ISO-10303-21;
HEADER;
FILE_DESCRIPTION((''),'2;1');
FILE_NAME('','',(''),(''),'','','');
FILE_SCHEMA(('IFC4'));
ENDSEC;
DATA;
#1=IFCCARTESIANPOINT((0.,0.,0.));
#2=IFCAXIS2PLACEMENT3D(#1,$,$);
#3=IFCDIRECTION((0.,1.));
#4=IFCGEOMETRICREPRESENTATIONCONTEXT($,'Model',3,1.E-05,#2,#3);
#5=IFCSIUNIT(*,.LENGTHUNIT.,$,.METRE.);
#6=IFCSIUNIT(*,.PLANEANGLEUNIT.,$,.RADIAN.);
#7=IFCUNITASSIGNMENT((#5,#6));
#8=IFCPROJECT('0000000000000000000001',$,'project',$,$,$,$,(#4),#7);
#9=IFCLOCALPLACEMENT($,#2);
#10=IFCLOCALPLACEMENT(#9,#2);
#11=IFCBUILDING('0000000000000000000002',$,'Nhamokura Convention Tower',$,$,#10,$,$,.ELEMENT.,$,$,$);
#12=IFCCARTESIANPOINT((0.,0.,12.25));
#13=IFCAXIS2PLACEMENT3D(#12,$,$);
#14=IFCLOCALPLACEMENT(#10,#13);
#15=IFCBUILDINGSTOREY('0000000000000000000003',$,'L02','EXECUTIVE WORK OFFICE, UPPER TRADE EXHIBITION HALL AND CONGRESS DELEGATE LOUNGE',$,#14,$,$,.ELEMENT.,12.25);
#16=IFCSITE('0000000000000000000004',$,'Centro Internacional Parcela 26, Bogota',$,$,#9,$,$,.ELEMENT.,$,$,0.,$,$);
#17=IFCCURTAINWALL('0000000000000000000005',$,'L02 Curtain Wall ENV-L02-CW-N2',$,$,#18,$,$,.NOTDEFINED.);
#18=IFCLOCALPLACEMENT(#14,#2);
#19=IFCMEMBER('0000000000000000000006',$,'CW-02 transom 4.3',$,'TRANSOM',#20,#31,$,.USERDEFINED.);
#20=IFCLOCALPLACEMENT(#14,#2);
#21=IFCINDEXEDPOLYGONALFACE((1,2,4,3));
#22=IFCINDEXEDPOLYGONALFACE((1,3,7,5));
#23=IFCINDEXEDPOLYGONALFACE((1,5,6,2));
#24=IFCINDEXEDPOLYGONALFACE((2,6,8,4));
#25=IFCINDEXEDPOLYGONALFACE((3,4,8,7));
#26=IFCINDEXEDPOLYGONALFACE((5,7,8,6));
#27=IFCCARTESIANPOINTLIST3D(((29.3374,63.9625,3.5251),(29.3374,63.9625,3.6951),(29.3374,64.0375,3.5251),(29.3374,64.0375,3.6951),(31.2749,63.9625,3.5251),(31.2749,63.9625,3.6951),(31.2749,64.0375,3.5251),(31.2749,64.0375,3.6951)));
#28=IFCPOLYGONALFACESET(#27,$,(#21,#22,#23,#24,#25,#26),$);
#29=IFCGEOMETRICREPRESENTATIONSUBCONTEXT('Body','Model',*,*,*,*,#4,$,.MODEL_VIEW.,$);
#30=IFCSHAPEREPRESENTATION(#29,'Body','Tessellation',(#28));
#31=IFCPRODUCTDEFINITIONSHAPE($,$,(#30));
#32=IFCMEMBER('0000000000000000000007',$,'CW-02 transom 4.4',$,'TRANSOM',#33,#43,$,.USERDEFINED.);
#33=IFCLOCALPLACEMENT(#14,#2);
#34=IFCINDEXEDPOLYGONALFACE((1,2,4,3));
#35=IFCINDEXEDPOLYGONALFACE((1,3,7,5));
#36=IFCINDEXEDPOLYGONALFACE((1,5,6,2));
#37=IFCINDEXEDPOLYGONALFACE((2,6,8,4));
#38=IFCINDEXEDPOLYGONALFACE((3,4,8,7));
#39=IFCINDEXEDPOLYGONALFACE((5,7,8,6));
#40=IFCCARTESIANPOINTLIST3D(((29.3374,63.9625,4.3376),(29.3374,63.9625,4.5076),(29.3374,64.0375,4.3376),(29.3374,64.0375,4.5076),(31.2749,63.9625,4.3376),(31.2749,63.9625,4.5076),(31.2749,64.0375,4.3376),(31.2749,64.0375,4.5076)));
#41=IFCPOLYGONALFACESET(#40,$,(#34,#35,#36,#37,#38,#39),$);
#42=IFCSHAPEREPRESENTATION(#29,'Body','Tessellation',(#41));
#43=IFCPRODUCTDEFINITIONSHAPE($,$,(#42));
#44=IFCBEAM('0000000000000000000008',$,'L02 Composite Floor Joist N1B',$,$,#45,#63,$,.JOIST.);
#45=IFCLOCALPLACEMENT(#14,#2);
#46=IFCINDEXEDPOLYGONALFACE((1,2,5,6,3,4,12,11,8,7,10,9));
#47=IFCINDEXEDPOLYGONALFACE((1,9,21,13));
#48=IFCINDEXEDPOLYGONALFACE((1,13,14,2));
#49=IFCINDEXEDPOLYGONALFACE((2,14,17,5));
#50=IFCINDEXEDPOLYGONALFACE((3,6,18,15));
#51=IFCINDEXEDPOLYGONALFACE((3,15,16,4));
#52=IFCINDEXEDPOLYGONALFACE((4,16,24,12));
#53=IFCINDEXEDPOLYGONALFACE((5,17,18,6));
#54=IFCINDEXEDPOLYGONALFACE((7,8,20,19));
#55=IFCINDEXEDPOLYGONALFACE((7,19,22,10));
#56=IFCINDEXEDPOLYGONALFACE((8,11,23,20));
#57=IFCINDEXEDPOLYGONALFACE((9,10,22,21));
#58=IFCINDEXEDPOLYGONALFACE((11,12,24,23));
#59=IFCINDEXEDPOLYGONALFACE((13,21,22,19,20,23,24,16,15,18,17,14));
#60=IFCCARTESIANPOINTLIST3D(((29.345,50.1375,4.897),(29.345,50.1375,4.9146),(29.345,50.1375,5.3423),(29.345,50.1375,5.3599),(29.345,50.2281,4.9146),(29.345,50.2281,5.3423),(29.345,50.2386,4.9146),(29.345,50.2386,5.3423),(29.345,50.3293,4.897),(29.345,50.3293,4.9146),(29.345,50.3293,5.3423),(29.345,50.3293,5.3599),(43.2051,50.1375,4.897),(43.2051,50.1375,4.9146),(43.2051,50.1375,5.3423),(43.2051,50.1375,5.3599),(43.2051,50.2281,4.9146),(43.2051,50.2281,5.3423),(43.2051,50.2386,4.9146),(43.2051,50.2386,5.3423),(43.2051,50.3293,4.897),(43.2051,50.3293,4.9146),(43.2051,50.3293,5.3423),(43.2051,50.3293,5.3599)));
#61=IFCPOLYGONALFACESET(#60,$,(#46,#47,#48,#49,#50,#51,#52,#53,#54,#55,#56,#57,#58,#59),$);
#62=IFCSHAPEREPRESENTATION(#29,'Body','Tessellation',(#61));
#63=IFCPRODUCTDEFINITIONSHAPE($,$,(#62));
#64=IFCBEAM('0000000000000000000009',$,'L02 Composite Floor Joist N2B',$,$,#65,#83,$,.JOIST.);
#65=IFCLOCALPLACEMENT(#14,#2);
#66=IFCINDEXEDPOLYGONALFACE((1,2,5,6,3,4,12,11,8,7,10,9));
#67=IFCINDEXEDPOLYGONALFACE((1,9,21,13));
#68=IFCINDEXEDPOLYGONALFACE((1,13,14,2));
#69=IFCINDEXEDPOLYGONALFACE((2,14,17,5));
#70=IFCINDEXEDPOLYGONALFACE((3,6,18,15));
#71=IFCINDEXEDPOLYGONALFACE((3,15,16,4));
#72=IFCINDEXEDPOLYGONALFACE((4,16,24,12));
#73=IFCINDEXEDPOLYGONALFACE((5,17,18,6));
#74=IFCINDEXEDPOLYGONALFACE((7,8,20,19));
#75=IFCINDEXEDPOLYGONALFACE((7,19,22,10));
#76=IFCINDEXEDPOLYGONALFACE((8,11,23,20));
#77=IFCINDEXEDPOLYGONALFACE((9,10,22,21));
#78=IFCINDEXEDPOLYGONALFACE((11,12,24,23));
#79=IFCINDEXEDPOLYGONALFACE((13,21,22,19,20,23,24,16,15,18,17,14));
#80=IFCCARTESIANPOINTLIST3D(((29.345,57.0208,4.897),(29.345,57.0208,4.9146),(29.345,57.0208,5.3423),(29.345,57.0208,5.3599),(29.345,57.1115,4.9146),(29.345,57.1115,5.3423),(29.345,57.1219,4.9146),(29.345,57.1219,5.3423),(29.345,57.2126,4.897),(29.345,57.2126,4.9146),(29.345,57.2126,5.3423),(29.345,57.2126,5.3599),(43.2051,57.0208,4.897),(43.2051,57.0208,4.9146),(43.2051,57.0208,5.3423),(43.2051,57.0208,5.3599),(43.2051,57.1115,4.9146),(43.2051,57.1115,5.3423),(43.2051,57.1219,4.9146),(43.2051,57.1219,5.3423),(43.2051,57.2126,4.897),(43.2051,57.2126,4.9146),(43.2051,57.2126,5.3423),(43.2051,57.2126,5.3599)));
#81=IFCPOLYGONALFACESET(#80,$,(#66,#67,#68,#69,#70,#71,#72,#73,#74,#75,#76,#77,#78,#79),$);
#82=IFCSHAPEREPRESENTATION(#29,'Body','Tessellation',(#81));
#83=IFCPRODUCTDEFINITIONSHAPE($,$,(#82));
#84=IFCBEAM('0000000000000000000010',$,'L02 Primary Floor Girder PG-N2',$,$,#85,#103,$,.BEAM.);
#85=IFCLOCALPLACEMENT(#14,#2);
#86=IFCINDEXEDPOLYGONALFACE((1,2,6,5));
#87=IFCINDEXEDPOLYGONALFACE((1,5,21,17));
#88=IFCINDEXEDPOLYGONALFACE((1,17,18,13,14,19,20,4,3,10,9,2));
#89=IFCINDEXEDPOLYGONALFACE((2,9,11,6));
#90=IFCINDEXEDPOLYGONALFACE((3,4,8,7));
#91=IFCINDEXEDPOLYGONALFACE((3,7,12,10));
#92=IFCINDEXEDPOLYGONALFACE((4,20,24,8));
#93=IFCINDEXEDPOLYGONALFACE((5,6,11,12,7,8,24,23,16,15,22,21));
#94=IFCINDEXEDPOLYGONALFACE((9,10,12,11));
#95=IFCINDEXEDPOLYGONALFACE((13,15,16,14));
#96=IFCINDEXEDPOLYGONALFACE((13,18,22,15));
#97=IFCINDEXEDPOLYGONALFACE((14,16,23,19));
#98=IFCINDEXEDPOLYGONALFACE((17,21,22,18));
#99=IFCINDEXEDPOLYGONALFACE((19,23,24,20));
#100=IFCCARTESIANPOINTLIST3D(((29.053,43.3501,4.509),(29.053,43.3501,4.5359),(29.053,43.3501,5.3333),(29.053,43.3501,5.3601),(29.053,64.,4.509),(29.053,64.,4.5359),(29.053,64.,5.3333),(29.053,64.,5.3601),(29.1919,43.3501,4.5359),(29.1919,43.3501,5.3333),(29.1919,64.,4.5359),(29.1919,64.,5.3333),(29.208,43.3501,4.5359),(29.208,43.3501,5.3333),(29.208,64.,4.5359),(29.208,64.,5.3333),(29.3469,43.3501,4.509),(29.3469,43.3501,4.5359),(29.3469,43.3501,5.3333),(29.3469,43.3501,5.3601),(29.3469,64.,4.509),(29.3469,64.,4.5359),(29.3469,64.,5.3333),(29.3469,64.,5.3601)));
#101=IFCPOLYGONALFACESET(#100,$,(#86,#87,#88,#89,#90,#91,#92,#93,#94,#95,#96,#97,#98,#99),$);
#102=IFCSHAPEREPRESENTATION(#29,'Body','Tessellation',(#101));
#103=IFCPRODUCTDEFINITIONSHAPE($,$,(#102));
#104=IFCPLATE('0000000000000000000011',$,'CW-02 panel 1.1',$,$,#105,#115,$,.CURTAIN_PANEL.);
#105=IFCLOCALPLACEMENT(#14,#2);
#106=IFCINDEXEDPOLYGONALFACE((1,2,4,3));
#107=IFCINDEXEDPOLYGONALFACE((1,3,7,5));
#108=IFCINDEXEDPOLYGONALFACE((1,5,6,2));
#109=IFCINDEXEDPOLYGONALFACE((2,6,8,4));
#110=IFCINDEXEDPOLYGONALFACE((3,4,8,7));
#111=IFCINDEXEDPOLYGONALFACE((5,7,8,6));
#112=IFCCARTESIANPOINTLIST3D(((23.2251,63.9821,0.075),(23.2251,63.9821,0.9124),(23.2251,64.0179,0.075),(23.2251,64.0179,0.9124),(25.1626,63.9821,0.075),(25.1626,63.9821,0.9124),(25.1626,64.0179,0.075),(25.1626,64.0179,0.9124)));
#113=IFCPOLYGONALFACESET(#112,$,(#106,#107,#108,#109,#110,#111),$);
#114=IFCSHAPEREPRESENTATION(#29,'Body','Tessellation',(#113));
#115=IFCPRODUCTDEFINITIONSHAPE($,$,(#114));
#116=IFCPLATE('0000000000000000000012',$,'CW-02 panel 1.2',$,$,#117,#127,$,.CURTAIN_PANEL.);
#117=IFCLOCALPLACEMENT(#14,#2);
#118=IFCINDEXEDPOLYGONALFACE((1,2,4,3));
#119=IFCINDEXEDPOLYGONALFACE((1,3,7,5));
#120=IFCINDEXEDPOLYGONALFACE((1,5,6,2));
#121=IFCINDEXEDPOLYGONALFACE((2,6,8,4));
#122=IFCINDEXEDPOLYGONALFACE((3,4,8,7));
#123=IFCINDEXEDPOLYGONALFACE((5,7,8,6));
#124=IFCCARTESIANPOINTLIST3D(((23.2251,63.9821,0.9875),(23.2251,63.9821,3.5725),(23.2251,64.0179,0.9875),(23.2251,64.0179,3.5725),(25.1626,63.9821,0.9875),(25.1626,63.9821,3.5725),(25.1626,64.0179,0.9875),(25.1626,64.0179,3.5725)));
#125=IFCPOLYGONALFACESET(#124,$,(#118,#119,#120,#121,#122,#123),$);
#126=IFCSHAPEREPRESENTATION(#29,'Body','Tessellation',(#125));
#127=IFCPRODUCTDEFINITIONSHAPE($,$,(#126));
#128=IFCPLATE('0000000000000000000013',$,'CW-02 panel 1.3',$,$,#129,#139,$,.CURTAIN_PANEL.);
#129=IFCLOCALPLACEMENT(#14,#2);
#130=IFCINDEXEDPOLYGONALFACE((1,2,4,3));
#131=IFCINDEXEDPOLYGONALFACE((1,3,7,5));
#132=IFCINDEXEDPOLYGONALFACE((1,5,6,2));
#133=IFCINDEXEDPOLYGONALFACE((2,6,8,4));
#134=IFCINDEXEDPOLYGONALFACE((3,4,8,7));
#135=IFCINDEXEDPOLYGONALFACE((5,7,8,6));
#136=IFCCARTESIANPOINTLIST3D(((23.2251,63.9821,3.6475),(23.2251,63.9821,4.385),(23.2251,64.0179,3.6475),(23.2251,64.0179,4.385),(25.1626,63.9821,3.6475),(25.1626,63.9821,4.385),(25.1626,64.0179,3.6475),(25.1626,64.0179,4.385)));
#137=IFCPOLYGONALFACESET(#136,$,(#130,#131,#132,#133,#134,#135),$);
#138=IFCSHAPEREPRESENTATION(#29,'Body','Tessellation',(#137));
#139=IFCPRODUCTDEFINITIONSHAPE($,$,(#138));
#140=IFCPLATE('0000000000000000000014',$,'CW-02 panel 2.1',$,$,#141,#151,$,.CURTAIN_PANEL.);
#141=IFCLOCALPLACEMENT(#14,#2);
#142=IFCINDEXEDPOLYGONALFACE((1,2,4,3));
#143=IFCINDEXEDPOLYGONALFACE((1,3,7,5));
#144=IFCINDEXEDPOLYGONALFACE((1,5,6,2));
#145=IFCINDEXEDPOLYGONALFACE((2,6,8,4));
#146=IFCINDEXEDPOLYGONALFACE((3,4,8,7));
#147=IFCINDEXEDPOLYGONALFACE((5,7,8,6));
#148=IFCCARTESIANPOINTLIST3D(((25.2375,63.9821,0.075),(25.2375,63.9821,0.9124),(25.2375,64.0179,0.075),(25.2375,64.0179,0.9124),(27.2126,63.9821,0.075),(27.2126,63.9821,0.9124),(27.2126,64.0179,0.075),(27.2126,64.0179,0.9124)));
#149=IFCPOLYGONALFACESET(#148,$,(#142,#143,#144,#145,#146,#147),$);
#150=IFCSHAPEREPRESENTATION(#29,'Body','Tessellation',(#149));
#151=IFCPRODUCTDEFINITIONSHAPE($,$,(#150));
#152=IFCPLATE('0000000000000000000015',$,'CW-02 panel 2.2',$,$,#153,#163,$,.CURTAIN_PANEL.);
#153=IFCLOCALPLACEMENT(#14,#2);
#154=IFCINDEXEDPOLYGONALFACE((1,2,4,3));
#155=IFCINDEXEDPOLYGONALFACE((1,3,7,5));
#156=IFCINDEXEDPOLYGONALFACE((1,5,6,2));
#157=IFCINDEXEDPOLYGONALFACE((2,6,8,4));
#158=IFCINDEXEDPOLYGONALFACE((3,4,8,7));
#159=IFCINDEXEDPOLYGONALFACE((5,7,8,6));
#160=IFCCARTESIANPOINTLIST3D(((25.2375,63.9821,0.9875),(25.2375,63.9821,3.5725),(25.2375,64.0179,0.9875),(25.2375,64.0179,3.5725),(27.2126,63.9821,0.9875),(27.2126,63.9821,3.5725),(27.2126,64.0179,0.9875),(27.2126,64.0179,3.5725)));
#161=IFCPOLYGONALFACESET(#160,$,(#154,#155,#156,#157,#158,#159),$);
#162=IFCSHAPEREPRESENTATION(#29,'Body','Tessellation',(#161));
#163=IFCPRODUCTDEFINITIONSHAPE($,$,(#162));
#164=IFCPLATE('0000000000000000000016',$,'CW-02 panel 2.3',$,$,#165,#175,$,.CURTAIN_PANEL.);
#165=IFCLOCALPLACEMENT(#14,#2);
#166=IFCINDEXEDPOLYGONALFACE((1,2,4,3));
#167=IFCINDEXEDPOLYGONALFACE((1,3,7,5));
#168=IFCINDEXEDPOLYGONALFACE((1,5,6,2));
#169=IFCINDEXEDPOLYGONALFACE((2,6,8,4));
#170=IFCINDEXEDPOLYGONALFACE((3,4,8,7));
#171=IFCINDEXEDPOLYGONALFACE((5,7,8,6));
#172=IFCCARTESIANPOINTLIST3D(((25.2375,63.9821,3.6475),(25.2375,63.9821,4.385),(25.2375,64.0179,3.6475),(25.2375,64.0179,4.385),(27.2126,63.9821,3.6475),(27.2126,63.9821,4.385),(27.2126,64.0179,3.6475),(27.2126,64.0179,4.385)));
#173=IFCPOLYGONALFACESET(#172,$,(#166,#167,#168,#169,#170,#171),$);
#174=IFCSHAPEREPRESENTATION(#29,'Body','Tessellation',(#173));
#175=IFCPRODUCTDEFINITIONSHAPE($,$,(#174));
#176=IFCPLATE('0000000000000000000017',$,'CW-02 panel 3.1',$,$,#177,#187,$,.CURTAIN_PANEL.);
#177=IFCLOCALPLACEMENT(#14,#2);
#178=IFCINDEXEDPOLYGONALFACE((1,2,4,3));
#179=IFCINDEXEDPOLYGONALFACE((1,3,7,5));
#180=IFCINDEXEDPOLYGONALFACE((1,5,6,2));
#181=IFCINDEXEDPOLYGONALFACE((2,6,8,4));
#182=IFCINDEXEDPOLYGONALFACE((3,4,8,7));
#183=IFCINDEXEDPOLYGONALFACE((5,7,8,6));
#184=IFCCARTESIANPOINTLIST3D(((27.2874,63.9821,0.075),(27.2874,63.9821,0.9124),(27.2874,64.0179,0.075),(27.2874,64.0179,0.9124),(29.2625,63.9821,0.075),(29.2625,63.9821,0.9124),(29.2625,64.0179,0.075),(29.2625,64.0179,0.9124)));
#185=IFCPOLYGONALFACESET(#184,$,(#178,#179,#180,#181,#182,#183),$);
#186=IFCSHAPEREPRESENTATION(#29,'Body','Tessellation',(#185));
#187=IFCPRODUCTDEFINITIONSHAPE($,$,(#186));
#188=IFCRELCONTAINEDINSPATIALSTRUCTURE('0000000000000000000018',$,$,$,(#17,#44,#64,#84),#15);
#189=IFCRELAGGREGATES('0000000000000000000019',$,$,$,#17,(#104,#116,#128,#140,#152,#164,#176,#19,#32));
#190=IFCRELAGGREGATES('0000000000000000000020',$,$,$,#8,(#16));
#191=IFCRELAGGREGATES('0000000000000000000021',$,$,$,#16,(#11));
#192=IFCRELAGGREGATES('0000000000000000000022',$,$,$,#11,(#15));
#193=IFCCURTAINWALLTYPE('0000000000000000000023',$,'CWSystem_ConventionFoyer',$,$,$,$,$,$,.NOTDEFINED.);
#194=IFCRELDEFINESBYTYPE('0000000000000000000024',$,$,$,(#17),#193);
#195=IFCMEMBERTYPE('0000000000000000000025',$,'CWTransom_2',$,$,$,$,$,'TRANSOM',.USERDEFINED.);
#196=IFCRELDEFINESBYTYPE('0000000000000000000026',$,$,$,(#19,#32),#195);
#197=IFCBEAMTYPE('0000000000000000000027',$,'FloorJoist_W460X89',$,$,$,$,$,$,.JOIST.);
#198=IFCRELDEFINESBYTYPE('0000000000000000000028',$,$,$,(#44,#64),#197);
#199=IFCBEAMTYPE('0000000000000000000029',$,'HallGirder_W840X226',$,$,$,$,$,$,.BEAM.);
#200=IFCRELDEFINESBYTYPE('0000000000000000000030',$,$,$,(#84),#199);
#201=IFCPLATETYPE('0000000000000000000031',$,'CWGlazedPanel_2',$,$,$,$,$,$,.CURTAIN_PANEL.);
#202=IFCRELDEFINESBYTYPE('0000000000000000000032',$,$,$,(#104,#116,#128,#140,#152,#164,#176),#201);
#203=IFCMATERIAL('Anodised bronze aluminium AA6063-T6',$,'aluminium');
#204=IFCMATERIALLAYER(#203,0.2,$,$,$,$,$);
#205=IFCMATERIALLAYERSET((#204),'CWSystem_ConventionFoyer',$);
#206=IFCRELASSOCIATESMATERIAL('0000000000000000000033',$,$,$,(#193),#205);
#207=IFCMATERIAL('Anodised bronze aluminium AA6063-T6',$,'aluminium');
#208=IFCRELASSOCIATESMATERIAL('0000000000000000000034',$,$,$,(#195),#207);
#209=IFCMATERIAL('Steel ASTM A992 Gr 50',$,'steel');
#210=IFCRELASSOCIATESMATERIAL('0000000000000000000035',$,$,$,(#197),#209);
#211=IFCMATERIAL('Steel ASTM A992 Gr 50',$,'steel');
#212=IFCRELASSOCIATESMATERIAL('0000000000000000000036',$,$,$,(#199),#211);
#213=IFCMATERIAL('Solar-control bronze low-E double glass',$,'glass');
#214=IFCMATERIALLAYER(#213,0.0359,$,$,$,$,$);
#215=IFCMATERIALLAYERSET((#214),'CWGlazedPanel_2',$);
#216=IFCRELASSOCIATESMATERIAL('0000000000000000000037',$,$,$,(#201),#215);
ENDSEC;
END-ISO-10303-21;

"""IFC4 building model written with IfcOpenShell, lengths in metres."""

from ifc_helpers import new_model, si_unit, direction, frame, origin, origin_2d, place, context, subcontext, project, spatial, rectangle, i_section, extrude, material, layer, layer_set, material_profile, profile_set, type_object, element, aggregate, save


model = new_model("IFC4")

# Units and contexts
model_context = context("Model", 3, precision=1e-05, world=origin(), true_north=direction((0.0, 1.0)))
body_context = subcontext(model_context, "Body", "Model", "MODEL_VIEW")
ifc_project = project(units=[si_unit("LENGTHUNIT", "METRE"), si_unit("PLANEANGLEUNIT", "RADIAN")], contexts=[model_context])

# Site, building, storey
site_placement = place(None, origin())
site = spatial("IfcSite", under=ifc_project, at=site_placement, Name="Centro Internacional Parcela 26, Bogota", CompositionType="ELEMENT", RefElevation=0.0)
building_placement = place(site_placement, origin())
building = spatial("IfcBuilding", under=site, at=building_placement, Name="Nhamokura Convention Tower", CompositionType="ELEMENT")
storey_placement = place(building_placement, frame((0.0, 0.0, 12.25)))
storey = spatial("IfcBuildingStorey", under=building, at=storey_placement, Name="L02", Description="EXECUTIVE WORK OFFICE, UPPER TRADE EXHIBITION HALL AND CONGRESS DELEGATE LOUNGE", CompositionType="ELEMENT", Elevation=12.25)

# Curtain wall, members
ifc_material_1 = material(Name="Anodised bronze aluminium AA6063-T6", Category="aluminium")
ifc_layer_1 = layer(ifc_material_1, 0.2)
ifc_layer_set_1 = layer_set([ifc_layer_1], Name="CWSystem_ConventionFoyer")
curtain_wall_type = type_object("IfcCurtainWallType", Name="CWSystem_ConventionFoyer", PredefinedType="NOTDEFINED", material=ifc_layer_set_1)
curtain_wall_placement = place(storey_placement, origin())
curtain_wall = element("IfcCurtainWall", 1, at=curtain_wall_placement, inside=storey, type_object=curtain_wall_type, Name="L02 Curtain Wall ENV-L02-CW-N2", PredefinedType="NOTDEFINED")
ifc_material_2 = material(Name="Anodised bronze aluminium AA6063-T6", Category="aluminium")
ifc_material_profile_1 = material_profile(ifc_material_2, rectangle(XDim=0.075, YDim=0.1699, at=origin_2d()))
ifc_profile_set_1 = profile_set([ifc_material_profile_1], Name="Anodised bronze aluminium AA6063-T6")
member_type_1 = type_object("IfcMemberType", Name="CWTransom_2", ElementType="TRANSOM", PredefinedType="USERDEFINED", material=ifc_profile_set_1)
member_1_placement = place(storey_placement, frame((29.3374, 64.0, 3.6101), z_axis=(1.0, 0.0, 0.0), x_axis=(0.0, 1.0, 0.0)))
member_1 = element("IfcMember", 2, at=member_1_placement, type_object=member_type_1, Name="CW-02 transom 4.3", ObjectType="TRANSOM", PredefinedType="USERDEFINED", context=body_context, shape_type="SweptSolid", body=[
    extrude(rectangle(XDim=0.075, YDim=0.1699, at=origin_2d()), origin(), (0.0, 0.0, 1.0), 1.9375),
])
member_2_placement = place(storey_placement, frame((29.3374, 64.0, 4.4226), z_axis=(1.0, 0.0, 0.0), x_axis=(0.0, 1.0, 0.0)))
member_2 = element("IfcMember", 3, at=member_2_placement, type_object=member_type_1, Name="CW-02 transom 4.4", ObjectType="TRANSOM", PredefinedType="USERDEFINED", context=body_context, shape_type="SweptSolid", body=[
    extrude(rectangle(XDim=0.075, YDim=0.1699, at=origin_2d()), origin(), (0.0, 0.0, 1.0), 1.9375),
])

# Beams
ifc_material_3 = material(Name="Steel ASTM A992 Gr 50", Category="steel")
ifc_material_profile_2 = material_profile(ifc_material_3, i_section(OverallWidth=0.1919, OverallDepth=0.4629, WebThickness=0.0105, FlangeThickness=0.0176, at=origin_2d()))
ifc_profile_set_2 = profile_set([ifc_material_profile_2], Name="Steel ASTM A992 Gr 50")
beam_type_1 = type_object("IfcBeamType", Name="FloorJoist_W460X89", PredefinedType="JOIST", material=ifc_profile_set_2)
for number, where, z_axis, x_axis, name in (
    (4, (29.345, 50.2334, 5.1284), (1.0, 0.0, 0.0), (0.0, 1.0, 0.0), "L02 Composite Floor Joist N1B"),
    (5, (29.345, 57.1167, 5.1284), (1.0, 0.0, 0.0), (0.0, 1.0, 0.0), "L02 Composite Floor Joist N2B"),
):
    element("IfcBeam", number, at=place(storey_placement, frame(where, z_axis=z_axis, x_axis=x_axis)), inside=storey, type_object=beam_type_1, Name=name, PredefinedType="JOIST", context=body_context, shape_type="SweptSolid", body=[
        extrude(i_section(OverallWidth=0.1919, OverallDepth=0.4629, WebThickness=0.0105, FlangeThickness=0.0176, at=origin_2d()), origin(), (0.0, 0.0, 1.0), 13.8601),
    ])
ifc_material_4 = material(Name="Steel ASTM A992 Gr 50", Category="steel")
ifc_material_profile_3 = material_profile(ifc_material_4, i_section(OverallWidth=0.2939, OverallDepth=0.8511, WebThickness=0.0161, FlangeThickness=0.0269, at=origin_2d()))
ifc_profile_set_3 = profile_set([ifc_material_profile_3], Name="Steel ASTM A992 Gr 50")
beam_type_2 = type_object("IfcBeamType", Name="HallGirder_W840X226", PredefinedType="BEAM", material=ifc_profile_set_3)
beam_placement = place(storey_placement, frame((29.2, 43.3501, 4.9346), z_axis=(0.0, 1.0, 0.0), x_axis=(-1.0, 0.0, 0.0)))
element("IfcBeam", 6, at=beam_placement, inside=storey, type_object=beam_type_2, Name="L02 Primary Floor Girder PG-N2", PredefinedType="BEAM", context=body_context, shape_type="SweptSolid", body=[
    extrude(i_section(OverallWidth=0.2939, OverallDepth=0.8511, WebThickness=0.0161, FlangeThickness=0.0269, at=origin_2d()), origin(), (0.0, 0.0, 1.0), 20.6499),
])

# Plates
ifc_material_5 = material(Name="Solar-control bronze low-E double glass", Category="glass")
ifc_layer_2 = layer(ifc_material_5, 0.0359)
ifc_layer_set_2 = layer_set([ifc_layer_2], Name="CWGlazedPanel_2")
plate_type = type_object("IfcPlateType", Name="CWGlazedPanel_2", PredefinedType="CURTAIN_PANEL", material=ifc_layer_set_2)
plate_1_placement = place(storey_placement, frame((24.1938, 64.0, 0.075), z_axis=(0.0, 0.0, 1.0), x_axis=(1.0, 0.0, 0.0)))
plate_1 = element("IfcPlate", 7, at=plate_1_placement, type_object=plate_type, Name="CW-02 panel 1.1", PredefinedType="CURTAIN_PANEL", context=body_context, shape_type="SweptSolid", body=[
    extrude(rectangle(XDim=1.9375, YDim=0.0359, at=origin_2d()), origin(), (0.0, 0.0, 1.0), 0.8374),
])
plate_2_placement = place(storey_placement, frame((24.1938, 64.0, 0.9875), z_axis=(0.0, 0.0, 1.0), x_axis=(1.0, 0.0, 0.0)))
plate_2 = element("IfcPlate", 8, at=plate_2_placement, type_object=plate_type, Name="CW-02 panel 1.2", PredefinedType="CURTAIN_PANEL", context=body_context, shape_type="SweptSolid", body=[
    extrude(rectangle(XDim=1.9375, YDim=0.0359, at=origin_2d()), origin(), (0.0, 0.0, 1.0), 2.585),
])
plate_3_placement = place(storey_placement, frame((24.1938, 64.0, 3.6475), z_axis=(0.0, 0.0, 1.0), x_axis=(1.0, 0.0, 0.0)))
plate_3 = element("IfcPlate", 9, at=plate_3_placement, type_object=plate_type, Name="CW-02 panel 1.3", PredefinedType="CURTAIN_PANEL", context=body_context, shape_type="SweptSolid", body=[
    extrude(rectangle(XDim=1.9375, YDim=0.0359, at=origin_2d()), origin(), (0.0, 0.0, 1.0), 0.7375),
])
plate_4_placement = place(storey_placement, frame((26.2251, 64.0, 0.075), z_axis=(0.0, 0.0, 1.0), x_axis=(1.0, 0.0, 0.0)))
plate_4 = element("IfcPlate", 10, at=plate_4_placement, type_object=plate_type, Name="CW-02 panel 2.1", PredefinedType="CURTAIN_PANEL", context=body_context, shape_type="SweptSolid", body=[
    extrude(rectangle(XDim=1.9751, YDim=0.0359, at=origin_2d()), origin(), (0.0, 0.0, 1.0), 0.8374),
])
plate_5_placement = place(storey_placement, frame((26.2251, 64.0, 0.9875), z_axis=(0.0, 0.0, 1.0), x_axis=(1.0, 0.0, 0.0)))
plate_5 = element("IfcPlate", 11, at=plate_5_placement, type_object=plate_type, Name="CW-02 panel 2.2", PredefinedType="CURTAIN_PANEL", context=body_context, shape_type="SweptSolid", body=[
    extrude(rectangle(XDim=1.9751, YDim=0.0359, at=origin_2d()), origin(), (0.0, 0.0, 1.0), 2.585),
])
plate_6_placement = place(storey_placement, frame((26.2251, 64.0, 3.6475), z_axis=(0.0, 0.0, 1.0), x_axis=(1.0, 0.0, 0.0)))
plate_6 = element("IfcPlate", 12, at=plate_6_placement, type_object=plate_type, Name="CW-02 panel 2.3", PredefinedType="CURTAIN_PANEL", context=body_context, shape_type="SweptSolid", body=[
    extrude(rectangle(XDim=1.9751, YDim=0.0359, at=origin_2d()), origin(), (0.0, 0.0, 1.0), 0.7375),
])
plate_7_placement = place(storey_placement, frame((28.2749, 64.0, 0.075), z_axis=(0.0, 0.0, 1.0), x_axis=(1.0, 0.0, 0.0)))
plate_7 = element("IfcPlate", 13, at=plate_7_placement, type_object=plate_type, Name="CW-02 panel 3.1", PredefinedType="CURTAIN_PANEL", context=body_context, shape_type="SweptSolid", body=[
    extrude(rectangle(XDim=1.9751, YDim=0.0359, at=origin_2d()), origin(), (0.0, 0.0, 1.0), 0.8374),
])
aggregate(curtain_wall, [plate_1, plate_2, plate_3, plate_4, plate_5, plate_6, plate_7, member_1, member_2])

save(model, "model.ifc")
